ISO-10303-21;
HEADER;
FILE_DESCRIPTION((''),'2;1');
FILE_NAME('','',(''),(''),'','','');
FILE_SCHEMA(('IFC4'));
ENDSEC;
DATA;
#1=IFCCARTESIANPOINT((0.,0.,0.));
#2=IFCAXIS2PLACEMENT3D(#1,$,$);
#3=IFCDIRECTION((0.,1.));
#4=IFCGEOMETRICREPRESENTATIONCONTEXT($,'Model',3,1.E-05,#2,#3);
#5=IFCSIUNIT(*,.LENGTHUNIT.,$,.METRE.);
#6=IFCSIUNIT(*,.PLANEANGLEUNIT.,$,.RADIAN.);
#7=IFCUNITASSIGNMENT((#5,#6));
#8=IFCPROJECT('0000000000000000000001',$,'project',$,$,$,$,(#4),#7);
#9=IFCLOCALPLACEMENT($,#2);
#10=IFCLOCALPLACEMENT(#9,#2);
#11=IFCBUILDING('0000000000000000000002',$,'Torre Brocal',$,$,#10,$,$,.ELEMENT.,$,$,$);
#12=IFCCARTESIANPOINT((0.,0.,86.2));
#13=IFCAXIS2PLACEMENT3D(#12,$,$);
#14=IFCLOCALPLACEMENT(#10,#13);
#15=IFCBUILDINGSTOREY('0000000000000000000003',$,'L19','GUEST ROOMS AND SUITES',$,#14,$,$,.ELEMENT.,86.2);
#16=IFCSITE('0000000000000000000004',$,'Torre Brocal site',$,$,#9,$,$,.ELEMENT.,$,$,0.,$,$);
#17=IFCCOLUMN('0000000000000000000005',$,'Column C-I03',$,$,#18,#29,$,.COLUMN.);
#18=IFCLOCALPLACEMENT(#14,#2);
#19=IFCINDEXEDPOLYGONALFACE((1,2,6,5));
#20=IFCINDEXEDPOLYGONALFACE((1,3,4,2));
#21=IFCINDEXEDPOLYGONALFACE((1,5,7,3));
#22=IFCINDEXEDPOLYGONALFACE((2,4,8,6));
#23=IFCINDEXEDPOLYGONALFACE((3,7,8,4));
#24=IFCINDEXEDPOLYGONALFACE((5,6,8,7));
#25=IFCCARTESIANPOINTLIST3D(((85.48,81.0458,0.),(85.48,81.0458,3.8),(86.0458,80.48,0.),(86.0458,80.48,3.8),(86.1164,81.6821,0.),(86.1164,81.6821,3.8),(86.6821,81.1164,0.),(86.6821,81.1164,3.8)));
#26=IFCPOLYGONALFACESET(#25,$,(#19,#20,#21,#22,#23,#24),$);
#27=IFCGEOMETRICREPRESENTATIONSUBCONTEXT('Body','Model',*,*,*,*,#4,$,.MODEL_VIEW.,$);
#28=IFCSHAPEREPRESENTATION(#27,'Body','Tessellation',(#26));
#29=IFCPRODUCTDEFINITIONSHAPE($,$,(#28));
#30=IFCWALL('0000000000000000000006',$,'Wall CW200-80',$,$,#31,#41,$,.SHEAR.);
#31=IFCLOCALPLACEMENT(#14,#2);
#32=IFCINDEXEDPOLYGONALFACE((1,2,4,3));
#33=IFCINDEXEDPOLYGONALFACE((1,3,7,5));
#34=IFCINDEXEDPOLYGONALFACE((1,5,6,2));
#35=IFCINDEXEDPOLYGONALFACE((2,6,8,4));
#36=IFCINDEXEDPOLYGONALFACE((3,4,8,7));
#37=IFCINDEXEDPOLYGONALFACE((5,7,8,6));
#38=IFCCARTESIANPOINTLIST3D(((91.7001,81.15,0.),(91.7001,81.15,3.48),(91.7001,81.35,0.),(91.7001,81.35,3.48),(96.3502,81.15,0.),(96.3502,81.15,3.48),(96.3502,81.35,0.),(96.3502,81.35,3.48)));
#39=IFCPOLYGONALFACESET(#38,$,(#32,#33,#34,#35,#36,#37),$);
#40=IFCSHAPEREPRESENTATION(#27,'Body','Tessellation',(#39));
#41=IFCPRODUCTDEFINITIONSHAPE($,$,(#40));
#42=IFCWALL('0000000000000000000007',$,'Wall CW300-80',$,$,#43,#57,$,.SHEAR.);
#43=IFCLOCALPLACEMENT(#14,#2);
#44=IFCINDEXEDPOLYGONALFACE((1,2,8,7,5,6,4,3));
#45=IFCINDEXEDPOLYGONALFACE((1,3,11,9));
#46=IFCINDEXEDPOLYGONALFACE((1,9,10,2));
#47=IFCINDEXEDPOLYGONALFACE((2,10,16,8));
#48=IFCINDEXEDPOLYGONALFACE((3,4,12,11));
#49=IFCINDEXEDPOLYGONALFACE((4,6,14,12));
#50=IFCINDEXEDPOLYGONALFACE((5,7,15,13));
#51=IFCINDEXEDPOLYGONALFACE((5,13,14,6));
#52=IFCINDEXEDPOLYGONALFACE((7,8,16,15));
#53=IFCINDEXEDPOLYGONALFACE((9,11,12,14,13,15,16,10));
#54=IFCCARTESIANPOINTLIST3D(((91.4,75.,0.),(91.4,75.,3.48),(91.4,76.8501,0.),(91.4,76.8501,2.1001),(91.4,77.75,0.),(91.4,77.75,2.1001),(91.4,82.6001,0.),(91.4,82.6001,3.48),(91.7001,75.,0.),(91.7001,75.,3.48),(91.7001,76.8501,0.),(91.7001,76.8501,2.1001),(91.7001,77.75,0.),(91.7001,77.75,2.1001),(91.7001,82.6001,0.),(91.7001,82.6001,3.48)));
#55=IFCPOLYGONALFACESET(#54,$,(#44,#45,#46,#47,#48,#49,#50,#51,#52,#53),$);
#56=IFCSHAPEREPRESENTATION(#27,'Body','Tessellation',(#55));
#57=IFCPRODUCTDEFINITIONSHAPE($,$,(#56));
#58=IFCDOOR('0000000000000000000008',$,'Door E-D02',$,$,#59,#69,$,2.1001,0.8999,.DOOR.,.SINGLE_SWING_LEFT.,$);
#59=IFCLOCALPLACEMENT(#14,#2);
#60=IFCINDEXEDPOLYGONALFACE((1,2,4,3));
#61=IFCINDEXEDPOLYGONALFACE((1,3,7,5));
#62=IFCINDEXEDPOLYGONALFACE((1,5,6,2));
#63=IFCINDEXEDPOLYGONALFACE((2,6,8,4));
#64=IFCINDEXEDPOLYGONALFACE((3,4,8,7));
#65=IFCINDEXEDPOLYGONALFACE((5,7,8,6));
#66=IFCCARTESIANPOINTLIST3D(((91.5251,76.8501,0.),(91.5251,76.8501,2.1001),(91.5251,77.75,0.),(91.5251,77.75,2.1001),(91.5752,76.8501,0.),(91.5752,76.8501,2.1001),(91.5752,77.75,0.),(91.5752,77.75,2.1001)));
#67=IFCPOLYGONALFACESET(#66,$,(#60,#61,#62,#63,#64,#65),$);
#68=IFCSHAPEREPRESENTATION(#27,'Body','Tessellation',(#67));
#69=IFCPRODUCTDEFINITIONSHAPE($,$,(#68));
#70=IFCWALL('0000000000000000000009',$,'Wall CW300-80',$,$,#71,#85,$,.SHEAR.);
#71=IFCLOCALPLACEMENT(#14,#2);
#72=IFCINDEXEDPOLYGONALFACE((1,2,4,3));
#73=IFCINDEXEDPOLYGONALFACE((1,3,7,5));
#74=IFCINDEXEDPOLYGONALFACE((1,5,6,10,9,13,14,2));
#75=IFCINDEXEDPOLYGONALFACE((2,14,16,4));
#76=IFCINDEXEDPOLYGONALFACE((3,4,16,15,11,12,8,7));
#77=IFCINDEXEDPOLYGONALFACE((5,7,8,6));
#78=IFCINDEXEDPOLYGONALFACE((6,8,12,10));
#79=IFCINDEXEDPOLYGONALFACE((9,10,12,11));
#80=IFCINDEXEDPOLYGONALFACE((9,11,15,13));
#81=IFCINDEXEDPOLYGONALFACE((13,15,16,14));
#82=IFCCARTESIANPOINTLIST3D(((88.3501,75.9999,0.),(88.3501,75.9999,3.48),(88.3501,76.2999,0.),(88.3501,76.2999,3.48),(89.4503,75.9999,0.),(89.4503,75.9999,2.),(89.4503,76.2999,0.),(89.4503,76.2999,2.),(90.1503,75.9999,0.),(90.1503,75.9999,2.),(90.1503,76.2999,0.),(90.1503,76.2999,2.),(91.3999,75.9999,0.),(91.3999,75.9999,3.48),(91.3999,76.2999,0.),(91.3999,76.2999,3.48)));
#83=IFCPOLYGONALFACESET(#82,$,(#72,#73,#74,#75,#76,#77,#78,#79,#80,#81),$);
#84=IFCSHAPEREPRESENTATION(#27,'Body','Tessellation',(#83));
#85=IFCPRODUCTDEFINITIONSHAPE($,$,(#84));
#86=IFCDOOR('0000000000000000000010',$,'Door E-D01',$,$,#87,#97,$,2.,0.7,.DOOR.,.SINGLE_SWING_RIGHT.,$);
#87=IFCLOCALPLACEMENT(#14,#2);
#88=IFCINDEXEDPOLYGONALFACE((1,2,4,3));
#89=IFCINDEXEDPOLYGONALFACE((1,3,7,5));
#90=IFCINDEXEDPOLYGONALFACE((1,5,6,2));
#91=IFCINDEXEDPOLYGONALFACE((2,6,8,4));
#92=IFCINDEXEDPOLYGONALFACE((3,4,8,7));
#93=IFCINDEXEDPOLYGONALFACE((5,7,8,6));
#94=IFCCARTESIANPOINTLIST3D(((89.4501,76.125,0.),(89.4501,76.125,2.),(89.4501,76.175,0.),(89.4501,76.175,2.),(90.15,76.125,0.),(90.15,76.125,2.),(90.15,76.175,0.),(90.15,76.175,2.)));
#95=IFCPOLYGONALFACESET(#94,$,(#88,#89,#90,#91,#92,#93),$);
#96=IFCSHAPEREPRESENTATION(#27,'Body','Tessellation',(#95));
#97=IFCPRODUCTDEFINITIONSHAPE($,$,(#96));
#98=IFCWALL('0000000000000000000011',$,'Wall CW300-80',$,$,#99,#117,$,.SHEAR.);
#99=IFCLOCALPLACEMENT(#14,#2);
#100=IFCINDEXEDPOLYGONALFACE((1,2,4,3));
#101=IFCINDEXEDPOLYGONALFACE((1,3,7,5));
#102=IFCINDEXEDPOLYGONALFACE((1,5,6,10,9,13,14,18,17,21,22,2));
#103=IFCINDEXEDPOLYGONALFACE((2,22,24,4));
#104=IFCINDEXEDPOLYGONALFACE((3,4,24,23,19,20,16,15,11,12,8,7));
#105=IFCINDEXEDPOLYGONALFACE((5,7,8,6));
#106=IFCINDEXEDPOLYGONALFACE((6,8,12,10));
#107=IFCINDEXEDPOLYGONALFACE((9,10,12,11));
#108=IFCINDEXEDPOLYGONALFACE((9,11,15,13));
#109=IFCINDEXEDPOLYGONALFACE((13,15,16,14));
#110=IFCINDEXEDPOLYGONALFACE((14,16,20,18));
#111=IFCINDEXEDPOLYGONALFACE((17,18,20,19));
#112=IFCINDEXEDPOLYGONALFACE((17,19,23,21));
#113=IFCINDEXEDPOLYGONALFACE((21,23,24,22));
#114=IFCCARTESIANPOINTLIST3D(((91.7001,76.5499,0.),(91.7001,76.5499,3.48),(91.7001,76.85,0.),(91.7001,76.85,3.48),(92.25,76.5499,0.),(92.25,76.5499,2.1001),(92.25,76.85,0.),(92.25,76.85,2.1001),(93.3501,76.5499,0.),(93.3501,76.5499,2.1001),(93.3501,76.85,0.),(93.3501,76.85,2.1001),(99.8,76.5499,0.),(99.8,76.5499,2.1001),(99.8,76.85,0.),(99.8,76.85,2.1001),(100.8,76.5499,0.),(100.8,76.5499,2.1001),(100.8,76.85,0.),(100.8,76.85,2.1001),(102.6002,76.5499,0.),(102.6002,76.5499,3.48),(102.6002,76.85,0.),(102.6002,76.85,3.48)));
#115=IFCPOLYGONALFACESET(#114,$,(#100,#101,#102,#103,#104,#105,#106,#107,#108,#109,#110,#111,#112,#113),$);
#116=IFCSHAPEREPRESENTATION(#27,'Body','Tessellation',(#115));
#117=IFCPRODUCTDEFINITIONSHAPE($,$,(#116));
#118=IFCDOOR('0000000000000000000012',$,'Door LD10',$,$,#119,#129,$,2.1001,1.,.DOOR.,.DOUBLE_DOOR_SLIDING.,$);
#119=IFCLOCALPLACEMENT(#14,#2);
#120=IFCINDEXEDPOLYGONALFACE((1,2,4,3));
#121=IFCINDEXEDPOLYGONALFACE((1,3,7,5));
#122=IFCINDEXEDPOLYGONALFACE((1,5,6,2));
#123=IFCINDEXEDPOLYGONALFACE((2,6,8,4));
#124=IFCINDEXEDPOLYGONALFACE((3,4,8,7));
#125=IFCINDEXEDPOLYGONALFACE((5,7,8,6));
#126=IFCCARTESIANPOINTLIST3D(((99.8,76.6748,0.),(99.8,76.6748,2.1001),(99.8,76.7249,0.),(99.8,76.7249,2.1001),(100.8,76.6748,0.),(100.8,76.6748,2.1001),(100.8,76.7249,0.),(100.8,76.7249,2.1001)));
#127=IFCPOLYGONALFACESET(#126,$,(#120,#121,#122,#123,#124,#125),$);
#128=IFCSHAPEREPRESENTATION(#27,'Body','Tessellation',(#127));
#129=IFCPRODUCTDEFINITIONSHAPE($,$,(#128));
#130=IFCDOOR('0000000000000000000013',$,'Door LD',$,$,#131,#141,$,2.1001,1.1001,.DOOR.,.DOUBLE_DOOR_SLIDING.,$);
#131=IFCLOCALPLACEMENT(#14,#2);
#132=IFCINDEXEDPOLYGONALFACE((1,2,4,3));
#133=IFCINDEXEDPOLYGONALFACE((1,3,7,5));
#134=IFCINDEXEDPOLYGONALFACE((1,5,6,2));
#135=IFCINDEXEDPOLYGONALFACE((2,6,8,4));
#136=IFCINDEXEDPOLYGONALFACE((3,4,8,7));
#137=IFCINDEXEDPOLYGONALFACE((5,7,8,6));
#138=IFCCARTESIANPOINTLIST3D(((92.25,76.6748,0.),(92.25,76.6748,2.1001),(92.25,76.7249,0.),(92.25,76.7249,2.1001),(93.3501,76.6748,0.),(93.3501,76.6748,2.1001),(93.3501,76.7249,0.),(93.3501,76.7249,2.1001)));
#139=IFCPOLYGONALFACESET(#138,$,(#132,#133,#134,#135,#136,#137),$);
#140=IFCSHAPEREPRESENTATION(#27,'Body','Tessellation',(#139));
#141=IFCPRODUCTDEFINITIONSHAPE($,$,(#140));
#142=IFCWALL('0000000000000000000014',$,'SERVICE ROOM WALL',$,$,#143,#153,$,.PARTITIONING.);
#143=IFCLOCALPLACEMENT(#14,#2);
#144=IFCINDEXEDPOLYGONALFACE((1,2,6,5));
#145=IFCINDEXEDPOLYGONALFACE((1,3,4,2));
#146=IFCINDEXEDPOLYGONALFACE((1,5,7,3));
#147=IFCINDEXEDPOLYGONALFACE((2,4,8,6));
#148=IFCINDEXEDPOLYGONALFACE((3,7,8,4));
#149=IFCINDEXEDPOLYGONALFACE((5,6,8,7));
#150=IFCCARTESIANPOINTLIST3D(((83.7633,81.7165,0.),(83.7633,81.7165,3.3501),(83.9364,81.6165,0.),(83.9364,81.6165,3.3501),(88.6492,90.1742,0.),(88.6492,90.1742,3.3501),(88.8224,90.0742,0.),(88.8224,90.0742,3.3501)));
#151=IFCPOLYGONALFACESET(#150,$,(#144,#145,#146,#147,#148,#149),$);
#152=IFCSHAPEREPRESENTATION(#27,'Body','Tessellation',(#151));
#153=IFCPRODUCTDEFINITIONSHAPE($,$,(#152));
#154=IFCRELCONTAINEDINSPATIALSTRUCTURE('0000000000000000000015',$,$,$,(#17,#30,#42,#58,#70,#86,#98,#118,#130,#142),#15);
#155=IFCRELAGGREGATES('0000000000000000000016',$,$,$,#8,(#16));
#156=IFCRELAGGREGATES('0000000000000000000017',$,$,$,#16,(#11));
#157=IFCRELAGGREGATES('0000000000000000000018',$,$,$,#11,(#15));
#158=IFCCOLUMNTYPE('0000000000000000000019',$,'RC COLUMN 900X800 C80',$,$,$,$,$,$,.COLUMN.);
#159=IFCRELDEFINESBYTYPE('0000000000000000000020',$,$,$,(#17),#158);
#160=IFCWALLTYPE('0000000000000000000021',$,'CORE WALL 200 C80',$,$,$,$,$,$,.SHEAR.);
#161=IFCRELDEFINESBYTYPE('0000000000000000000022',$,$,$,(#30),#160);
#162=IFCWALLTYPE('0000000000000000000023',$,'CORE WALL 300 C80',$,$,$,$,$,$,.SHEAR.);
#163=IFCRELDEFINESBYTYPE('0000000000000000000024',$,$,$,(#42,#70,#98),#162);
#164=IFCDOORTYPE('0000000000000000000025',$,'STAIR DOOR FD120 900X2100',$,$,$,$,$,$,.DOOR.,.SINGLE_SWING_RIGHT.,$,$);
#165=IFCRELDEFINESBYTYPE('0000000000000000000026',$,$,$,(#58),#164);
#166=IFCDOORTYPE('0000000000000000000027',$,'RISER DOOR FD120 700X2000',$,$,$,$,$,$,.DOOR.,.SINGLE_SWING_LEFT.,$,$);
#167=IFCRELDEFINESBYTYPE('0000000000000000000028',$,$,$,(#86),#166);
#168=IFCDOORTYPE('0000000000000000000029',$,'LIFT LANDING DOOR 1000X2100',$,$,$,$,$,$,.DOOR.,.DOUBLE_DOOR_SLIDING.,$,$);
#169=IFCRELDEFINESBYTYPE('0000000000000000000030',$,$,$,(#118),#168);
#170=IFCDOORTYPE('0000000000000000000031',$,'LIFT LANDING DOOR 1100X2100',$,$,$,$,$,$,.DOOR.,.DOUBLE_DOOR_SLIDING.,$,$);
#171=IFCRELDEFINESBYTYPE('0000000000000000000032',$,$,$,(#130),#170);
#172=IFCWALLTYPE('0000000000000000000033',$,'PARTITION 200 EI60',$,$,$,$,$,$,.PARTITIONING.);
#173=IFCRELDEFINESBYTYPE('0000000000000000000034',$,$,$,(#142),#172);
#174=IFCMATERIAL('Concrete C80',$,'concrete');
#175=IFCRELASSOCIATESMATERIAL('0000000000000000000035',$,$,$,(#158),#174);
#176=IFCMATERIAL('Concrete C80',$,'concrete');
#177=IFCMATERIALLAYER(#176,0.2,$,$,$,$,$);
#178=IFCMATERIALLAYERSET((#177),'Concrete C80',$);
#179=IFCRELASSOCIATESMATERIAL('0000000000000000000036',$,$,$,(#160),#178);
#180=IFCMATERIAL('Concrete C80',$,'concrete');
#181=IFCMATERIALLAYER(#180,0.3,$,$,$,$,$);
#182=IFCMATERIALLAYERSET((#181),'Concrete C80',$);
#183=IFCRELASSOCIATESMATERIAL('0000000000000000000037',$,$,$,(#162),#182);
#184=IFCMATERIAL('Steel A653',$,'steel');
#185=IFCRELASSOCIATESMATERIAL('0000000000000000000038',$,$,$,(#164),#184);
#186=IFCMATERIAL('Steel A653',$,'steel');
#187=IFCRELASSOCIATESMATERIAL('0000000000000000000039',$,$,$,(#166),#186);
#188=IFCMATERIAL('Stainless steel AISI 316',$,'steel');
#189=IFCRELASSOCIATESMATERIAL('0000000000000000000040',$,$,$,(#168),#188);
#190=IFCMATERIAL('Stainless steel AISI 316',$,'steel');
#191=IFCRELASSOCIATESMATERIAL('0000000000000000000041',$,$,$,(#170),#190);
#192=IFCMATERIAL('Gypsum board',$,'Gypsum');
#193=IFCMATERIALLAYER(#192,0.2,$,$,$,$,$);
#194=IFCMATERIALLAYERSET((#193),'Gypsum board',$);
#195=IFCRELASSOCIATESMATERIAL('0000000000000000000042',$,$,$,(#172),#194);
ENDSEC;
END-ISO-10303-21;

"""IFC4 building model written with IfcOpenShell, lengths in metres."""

from ifc_helpers import new_model, si_unit, direction, frame, frame_2d, origin, origin_2d, place, context, subcontext, project, spatial, rectangle, extrude, material, layer, layer_set, material_profile, profile_set, type_object, element, fill, save


model = new_model("IFC4")

# Units and contexts
model_context = context("Model", 3, precision=1e-05, world=origin(), true_north=direction((0.0, 1.0)))
body_context = subcontext(model_context, "Body", "Model", "MODEL_VIEW")
ifc_project = project(units=[si_unit("LENGTHUNIT", "METRE"), si_unit("PLANEANGLEUNIT", "RADIAN")], contexts=[model_context])

# Site, building, storey
site_placement = place(None, origin())
site = spatial("IfcSite", under=ifc_project, at=site_placement, Name="Torre Brocal site", CompositionType="ELEMENT", RefElevation=0.0)
building_placement = place(site_placement, origin())
building = spatial("IfcBuilding", under=site, at=building_placement, Name="Torre Brocal", CompositionType="ELEMENT")
storey_placement = place(building_placement, frame((0.0, 0.0, 86.2)))
storey = spatial("IfcBuildingStorey", under=building, at=storey_placement, Name="L19", Description="GUEST ROOMS AND SUITES", CompositionType="ELEMENT", Elevation=86.2)

# Column
ifc_material_1 = material(Name="Concrete C80", Category="concrete")
ifc_material_profile = material_profile(ifc_material_1, rectangle(XDim=0.8999, YDim=0.8, at=origin_2d()), Name="RC 900X800")
ifc_profile_set = profile_set([ifc_material_profile], Name="Concrete C80")
column_type = type_object("IfcColumnType", Name="RC COLUMN 900X800 C80", PredefinedType="COLUMN", material=ifc_profile_set)
column_placement = place(storey_placement, frame((86.0811, 81.0811, 0.0), z_axis=(0.0, 0.0, 1.0), x_axis=(0.707107, 0.707107, 0.0)))
element("IfcColumn", 1, at=column_placement, inside=storey, type_object=column_type, Name="Column C-I03", PredefinedType="COLUMN", context=body_context, shape_type="SweptSolid", body=[
    extrude(rectangle(XDim=0.8999, YDim=0.8, at=origin_2d()), origin(), (0.0, 0.0, 1.0), 3.8),
])

# Wall
ifc_material_2 = material(Name="Concrete C80", Category="concrete")
ifc_layer_1 = layer(ifc_material_2, 0.2)
ifc_layer_set_1 = layer_set([ifc_layer_1], Name="Concrete C80")
wall_type_1 = type_object("IfcWallType", Name="CORE WALL 200 C80", PredefinedType="SHEAR", material=ifc_layer_set_1)
wall_1_placement = place(storey_placement, frame((91.7, 81.25, 0.0), z_axis=(0.0, 0.0, 1.0), x_axis=(1.0, 0.0, 0.0)))
element("IfcWall", 2, at=wall_1_placement, inside=storey, type_object=wall_type_1, Name="Wall CW200-80", PredefinedType="SHEAR", context=body_context, shape_type="SweptSolid", body=[
    extrude(rectangle(XDim=4.6501, YDim=0.2, at=frame_2d((2.3252, 0.0))), origin(), (0.0, 0.0, 1.0), 3.48),
])

# Walls, openings, doors
ifc_material_3 = material(Name="Concrete C80", Category="concrete")
ifc_layer_2 = layer(ifc_material_3, 0.3)
ifc_layer_set_2 = layer_set([ifc_layer_2], Name="Concrete C80")
wall_type_2 = type_object("IfcWallType", Name="CORE WALL 300 C80", PredefinedType="SHEAR", material=ifc_layer_set_2)
wall_2_placement = place(storey_placement, frame((91.55, 75.0, 0.0), z_axis=(0.0, 0.0, 1.0), x_axis=(0.0, 1.0, 0.0)))
wall_2 = element("IfcWall", 3, at=wall_2_placement, inside=storey, type_object=wall_type_2, Name="Wall CW300-80", PredefinedType="SHEAR", context=body_context, shape_type="SweptSolid", body=[
    extrude(rectangle(XDim=7.6001, YDim=0.3, at=frame_2d((3.8, 0.0))), origin(), (0.0, 0.0, 1.0), 3.48),
])
opening_1_placement = place(wall_2_placement, frame((1.8501, 0.0, 0.0)))
opening_1 = element("IfcOpeningElement", 4, at=opening_1_placement, cuts=wall_2, PredefinedType="OPENING", context=body_context, shape_type="SweptSolid", body=[
    extrude(rectangle(XDim=0.8999, YDim=2.1001, at=frame_2d((0.45, 1.05))), frame((0.0, 0.1599, 0.0), z_axis=(0.0, -1.0, 0.0), x_axis=(1.0, 0.0, 0.0)), (0.0, 0.0, 1.0), 0.3201),
])
ifc_material_4 = material(Name="Steel A653", Category="steel")
door_type_1 = type_object("IfcDoorType", Name="STAIR DOOR FD120 900X2100", OperationType="SINGLE_SWING_RIGHT", PredefinedType="DOOR", material=ifc_material_4)
door_1_placement = place(opening_1_placement, origin())
door_1 = element("IfcDoor", 5, at=door_1_placement, inside=storey, type_object=door_type_1, Name="Door E-D02", OperationType="SINGLE_SWING_LEFT", OverallHeight=2.1001, OverallWidth=0.8999, PredefinedType="DOOR", context=body_context, shape_type="SweptSolid", body=[
    extrude(rectangle(XDim=0.8999, YDim=2.1001, at=frame_2d((0.45, 1.05))), frame((0.0, 0.0249, 0.0), z_axis=(0.0, -1.0, 0.0), x_axis=(1.0, 0.0, 0.0)), (0.0, 0.0, 1.0), 0.05),
])
fill(opening_1, door_1)
wall_3_placement = place(storey_placement, frame((88.3501, 76.1499, 0.0), z_axis=(0.0, 0.0, 1.0), x_axis=(1.0, 0.0, 0.0)))
wall_3 = element("IfcWall", 6, at=wall_3_placement, inside=storey, type_object=wall_type_2, Name="Wall CW300-80", PredefinedType="SHEAR", context=body_context, shape_type="SweptSolid", body=[
    extrude(rectangle(XDim=3.0498, YDim=0.3, at=frame_2d((1.5249, 0.0))), origin(), (0.0, 0.0, 1.0), 3.48),
])
opening_2_placement = place(wall_3_placement, frame((1.1001, 0.0, 0.0)))
opening_2 = element("IfcOpeningElement", 7, at=opening_2_placement, cuts=wall_3, PredefinedType="OPENING", context=body_context, shape_type="SweptSolid", body=[
    extrude(rectangle(XDim=0.7, YDim=2.0, at=frame_2d((0.3501, 1.0))), frame((0.0, 0.1599, 0.0), z_axis=(0.0, -1.0, 0.0), x_axis=(1.0, 0.0, 0.0)), (0.0, 0.0, 1.0), 0.3201),
])
ifc_material_5 = material(Name="Steel A653", Category="steel")
door_type_2 = type_object("IfcDoorType", Name="RISER DOOR FD120 700X2000", OperationType="SINGLE_SWING_LEFT", PredefinedType="DOOR", material=ifc_material_5)
door_2_placement = place(opening_2_placement, frame((0.7, 0.0, 0.0), z_axis=(0.0, 0.0, 1.0), x_axis=(-1.0, 0.0, 0.0)))
door_2 = element("IfcDoor", 8, at=door_2_placement, inside=storey, type_object=door_type_2, Name="Door E-D01", OperationType="SINGLE_SWING_RIGHT", OverallHeight=2.0, OverallWidth=0.7, PredefinedType="DOOR", context=body_context, shape_type="SweptSolid", body=[
    extrude(rectangle(XDim=0.7, YDim=2.0, at=frame_2d((0.3501, 1.0))), frame((0.0, 0.0249, 0.0), z_axis=(0.0, -1.0, 0.0), x_axis=(1.0, 0.0, 0.0)), (0.0, 0.0, 1.0), 0.05),
])
fill(opening_2, door_2)

# Wall, openings, doors
wall_4_placement = place(storey_placement, frame((91.7, 76.7, 0.0), z_axis=(0.0, 0.0, 1.0), x_axis=(1.0, 0.0, 0.0)))
wall_4 = element("IfcWall", 9, at=wall_4_placement, inside=storey, type_object=wall_type_2, Name="Wall CW300-80", PredefinedType="SHEAR", context=body_context, shape_type="SweptSolid", body=[
    extrude(rectangle(XDim=10.9001, YDim=0.3, at=frame_2d((5.4502, 0.0))), origin(), (0.0, 0.0, 1.0), 3.48),
])
opening_3_placement = place(wall_4_placement, frame((0.55, 0.0, 0.0)))
opening_3 = element("IfcOpeningElement", 10, at=opening_3_placement, cuts=wall_4, PredefinedType="OPENING", context=body_context, shape_type="SweptSolid", body=[
    extrude(rectangle(XDim=1.1001, YDim=2.1001, at=frame_2d((0.55, 1.05))), frame((0.0, 0.1599, 0.0), z_axis=(0.0, -1.0, 0.0), x_axis=(1.0, 0.0, 0.0)), (0.0, 0.0, 1.0), 0.3201),
])
opening_4_placement = place(wall_4_placement, frame((8.1001, 0.0, 0.0)))
opening_4 = element("IfcOpeningElement", 11, at=opening_4_placement, cuts=wall_4, PredefinedType="OPENING", context=body_context, shape_type="SweptSolid", body=[
    extrude(rectangle(XDim=1.0, YDim=2.1001, at=frame_2d((0.5, 1.05))), frame((0.0, 0.1599, 0.0), z_axis=(0.0, -1.0, 0.0), x_axis=(1.0, 0.0, 0.0)), (0.0, 0.0, 1.0), 0.3201),
])
ifc_material_6 = material(Name="Stainless steel AISI 316", Category="steel")
door_type_3 = type_object("IfcDoorType", Name="LIFT LANDING DOOR 1000X2100", OperationType="DOUBLE_DOOR_SLIDING", PredefinedType="DOOR", material=ifc_material_6)
door_3_placement = place(opening_4_placement, origin())
door_3 = element("IfcDoor", 12, at=door_3_placement, inside=storey, type_object=door_type_3, Name="Door LD10", OperationType="DOUBLE_DOOR_SLIDING", OverallHeight=2.1001, OverallWidth=1.0, PredefinedType="DOOR", context=body_context, shape_type="SweptSolid", body=[
    extrude(rectangle(XDim=1.0, YDim=2.1001, at=frame_2d((0.5, 1.05))), frame((0.0, 0.0249, 0.0), z_axis=(0.0, -1.0, 0.0), x_axis=(1.0, 0.0, 0.0)), (0.0, 0.0, 1.0), 0.05),
])
fill(opening_4, door_3)
ifc_material_7 = material(Name="Stainless steel AISI 316", Category="steel")
door_type_4 = type_object("IfcDoorType", Name="LIFT LANDING DOOR 1100X2100", OperationType="DOUBLE_DOOR_SLIDING", PredefinedType="DOOR", material=ifc_material_7)
door_4_placement = place(opening_3_placement, origin())
door_4 = element("IfcDoor", 13, at=door_4_placement, inside=storey, type_object=door_type_4, Name="Door LD", OperationType="DOUBLE_DOOR_SLIDING", OverallHeight=2.1001, OverallWidth=1.1001, PredefinedType="DOOR", context=body_context, shape_type="SweptSolid", body=[
    extrude(rectangle(XDim=1.1001, YDim=2.1001, at=frame_2d((0.55, 1.05))), frame((0.0, 0.0249, 0.0), z_axis=(0.0, -1.0, 0.0), x_axis=(1.0, 0.0, 0.0)), (0.0, 0.0, 1.0), 0.05),
])
fill(opening_3, door_4)

# Wall
ifc_material_8 = material(Name="Gypsum board", Category="Gypsum")
ifc_layer_3 = layer(ifc_material_8, 0.2)
ifc_layer_set_3 = layer_set([ifc_layer_3], Name="Gypsum board")
wall_type_3 = type_object("IfcWallType", Name="PARTITION 200 EI60", PredefinedType="PARTITIONING", material=ifc_layer_set_3)
wall_5_placement = place(storey_placement, frame((83.8499, 81.6665, 0.0), z_axis=(0.0, 0.0, 1.0), x_axis=(0.500222, 0.865897, 0.0)))
element("IfcWall", 14, at=wall_5_placement, inside=storey, type_object=wall_type_3, Name="SERVICE ROOM WALL", PredefinedType="PARTITIONING", context=body_context, shape_type="SweptSolid", body=[
    extrude(rectangle(XDim=9.7676, YDim=0.2, at=frame_2d((4.8838, 0.0))), origin(), (0.0, 0.0, 1.0), 3.3501),
])

save(model, "model.ifc")
